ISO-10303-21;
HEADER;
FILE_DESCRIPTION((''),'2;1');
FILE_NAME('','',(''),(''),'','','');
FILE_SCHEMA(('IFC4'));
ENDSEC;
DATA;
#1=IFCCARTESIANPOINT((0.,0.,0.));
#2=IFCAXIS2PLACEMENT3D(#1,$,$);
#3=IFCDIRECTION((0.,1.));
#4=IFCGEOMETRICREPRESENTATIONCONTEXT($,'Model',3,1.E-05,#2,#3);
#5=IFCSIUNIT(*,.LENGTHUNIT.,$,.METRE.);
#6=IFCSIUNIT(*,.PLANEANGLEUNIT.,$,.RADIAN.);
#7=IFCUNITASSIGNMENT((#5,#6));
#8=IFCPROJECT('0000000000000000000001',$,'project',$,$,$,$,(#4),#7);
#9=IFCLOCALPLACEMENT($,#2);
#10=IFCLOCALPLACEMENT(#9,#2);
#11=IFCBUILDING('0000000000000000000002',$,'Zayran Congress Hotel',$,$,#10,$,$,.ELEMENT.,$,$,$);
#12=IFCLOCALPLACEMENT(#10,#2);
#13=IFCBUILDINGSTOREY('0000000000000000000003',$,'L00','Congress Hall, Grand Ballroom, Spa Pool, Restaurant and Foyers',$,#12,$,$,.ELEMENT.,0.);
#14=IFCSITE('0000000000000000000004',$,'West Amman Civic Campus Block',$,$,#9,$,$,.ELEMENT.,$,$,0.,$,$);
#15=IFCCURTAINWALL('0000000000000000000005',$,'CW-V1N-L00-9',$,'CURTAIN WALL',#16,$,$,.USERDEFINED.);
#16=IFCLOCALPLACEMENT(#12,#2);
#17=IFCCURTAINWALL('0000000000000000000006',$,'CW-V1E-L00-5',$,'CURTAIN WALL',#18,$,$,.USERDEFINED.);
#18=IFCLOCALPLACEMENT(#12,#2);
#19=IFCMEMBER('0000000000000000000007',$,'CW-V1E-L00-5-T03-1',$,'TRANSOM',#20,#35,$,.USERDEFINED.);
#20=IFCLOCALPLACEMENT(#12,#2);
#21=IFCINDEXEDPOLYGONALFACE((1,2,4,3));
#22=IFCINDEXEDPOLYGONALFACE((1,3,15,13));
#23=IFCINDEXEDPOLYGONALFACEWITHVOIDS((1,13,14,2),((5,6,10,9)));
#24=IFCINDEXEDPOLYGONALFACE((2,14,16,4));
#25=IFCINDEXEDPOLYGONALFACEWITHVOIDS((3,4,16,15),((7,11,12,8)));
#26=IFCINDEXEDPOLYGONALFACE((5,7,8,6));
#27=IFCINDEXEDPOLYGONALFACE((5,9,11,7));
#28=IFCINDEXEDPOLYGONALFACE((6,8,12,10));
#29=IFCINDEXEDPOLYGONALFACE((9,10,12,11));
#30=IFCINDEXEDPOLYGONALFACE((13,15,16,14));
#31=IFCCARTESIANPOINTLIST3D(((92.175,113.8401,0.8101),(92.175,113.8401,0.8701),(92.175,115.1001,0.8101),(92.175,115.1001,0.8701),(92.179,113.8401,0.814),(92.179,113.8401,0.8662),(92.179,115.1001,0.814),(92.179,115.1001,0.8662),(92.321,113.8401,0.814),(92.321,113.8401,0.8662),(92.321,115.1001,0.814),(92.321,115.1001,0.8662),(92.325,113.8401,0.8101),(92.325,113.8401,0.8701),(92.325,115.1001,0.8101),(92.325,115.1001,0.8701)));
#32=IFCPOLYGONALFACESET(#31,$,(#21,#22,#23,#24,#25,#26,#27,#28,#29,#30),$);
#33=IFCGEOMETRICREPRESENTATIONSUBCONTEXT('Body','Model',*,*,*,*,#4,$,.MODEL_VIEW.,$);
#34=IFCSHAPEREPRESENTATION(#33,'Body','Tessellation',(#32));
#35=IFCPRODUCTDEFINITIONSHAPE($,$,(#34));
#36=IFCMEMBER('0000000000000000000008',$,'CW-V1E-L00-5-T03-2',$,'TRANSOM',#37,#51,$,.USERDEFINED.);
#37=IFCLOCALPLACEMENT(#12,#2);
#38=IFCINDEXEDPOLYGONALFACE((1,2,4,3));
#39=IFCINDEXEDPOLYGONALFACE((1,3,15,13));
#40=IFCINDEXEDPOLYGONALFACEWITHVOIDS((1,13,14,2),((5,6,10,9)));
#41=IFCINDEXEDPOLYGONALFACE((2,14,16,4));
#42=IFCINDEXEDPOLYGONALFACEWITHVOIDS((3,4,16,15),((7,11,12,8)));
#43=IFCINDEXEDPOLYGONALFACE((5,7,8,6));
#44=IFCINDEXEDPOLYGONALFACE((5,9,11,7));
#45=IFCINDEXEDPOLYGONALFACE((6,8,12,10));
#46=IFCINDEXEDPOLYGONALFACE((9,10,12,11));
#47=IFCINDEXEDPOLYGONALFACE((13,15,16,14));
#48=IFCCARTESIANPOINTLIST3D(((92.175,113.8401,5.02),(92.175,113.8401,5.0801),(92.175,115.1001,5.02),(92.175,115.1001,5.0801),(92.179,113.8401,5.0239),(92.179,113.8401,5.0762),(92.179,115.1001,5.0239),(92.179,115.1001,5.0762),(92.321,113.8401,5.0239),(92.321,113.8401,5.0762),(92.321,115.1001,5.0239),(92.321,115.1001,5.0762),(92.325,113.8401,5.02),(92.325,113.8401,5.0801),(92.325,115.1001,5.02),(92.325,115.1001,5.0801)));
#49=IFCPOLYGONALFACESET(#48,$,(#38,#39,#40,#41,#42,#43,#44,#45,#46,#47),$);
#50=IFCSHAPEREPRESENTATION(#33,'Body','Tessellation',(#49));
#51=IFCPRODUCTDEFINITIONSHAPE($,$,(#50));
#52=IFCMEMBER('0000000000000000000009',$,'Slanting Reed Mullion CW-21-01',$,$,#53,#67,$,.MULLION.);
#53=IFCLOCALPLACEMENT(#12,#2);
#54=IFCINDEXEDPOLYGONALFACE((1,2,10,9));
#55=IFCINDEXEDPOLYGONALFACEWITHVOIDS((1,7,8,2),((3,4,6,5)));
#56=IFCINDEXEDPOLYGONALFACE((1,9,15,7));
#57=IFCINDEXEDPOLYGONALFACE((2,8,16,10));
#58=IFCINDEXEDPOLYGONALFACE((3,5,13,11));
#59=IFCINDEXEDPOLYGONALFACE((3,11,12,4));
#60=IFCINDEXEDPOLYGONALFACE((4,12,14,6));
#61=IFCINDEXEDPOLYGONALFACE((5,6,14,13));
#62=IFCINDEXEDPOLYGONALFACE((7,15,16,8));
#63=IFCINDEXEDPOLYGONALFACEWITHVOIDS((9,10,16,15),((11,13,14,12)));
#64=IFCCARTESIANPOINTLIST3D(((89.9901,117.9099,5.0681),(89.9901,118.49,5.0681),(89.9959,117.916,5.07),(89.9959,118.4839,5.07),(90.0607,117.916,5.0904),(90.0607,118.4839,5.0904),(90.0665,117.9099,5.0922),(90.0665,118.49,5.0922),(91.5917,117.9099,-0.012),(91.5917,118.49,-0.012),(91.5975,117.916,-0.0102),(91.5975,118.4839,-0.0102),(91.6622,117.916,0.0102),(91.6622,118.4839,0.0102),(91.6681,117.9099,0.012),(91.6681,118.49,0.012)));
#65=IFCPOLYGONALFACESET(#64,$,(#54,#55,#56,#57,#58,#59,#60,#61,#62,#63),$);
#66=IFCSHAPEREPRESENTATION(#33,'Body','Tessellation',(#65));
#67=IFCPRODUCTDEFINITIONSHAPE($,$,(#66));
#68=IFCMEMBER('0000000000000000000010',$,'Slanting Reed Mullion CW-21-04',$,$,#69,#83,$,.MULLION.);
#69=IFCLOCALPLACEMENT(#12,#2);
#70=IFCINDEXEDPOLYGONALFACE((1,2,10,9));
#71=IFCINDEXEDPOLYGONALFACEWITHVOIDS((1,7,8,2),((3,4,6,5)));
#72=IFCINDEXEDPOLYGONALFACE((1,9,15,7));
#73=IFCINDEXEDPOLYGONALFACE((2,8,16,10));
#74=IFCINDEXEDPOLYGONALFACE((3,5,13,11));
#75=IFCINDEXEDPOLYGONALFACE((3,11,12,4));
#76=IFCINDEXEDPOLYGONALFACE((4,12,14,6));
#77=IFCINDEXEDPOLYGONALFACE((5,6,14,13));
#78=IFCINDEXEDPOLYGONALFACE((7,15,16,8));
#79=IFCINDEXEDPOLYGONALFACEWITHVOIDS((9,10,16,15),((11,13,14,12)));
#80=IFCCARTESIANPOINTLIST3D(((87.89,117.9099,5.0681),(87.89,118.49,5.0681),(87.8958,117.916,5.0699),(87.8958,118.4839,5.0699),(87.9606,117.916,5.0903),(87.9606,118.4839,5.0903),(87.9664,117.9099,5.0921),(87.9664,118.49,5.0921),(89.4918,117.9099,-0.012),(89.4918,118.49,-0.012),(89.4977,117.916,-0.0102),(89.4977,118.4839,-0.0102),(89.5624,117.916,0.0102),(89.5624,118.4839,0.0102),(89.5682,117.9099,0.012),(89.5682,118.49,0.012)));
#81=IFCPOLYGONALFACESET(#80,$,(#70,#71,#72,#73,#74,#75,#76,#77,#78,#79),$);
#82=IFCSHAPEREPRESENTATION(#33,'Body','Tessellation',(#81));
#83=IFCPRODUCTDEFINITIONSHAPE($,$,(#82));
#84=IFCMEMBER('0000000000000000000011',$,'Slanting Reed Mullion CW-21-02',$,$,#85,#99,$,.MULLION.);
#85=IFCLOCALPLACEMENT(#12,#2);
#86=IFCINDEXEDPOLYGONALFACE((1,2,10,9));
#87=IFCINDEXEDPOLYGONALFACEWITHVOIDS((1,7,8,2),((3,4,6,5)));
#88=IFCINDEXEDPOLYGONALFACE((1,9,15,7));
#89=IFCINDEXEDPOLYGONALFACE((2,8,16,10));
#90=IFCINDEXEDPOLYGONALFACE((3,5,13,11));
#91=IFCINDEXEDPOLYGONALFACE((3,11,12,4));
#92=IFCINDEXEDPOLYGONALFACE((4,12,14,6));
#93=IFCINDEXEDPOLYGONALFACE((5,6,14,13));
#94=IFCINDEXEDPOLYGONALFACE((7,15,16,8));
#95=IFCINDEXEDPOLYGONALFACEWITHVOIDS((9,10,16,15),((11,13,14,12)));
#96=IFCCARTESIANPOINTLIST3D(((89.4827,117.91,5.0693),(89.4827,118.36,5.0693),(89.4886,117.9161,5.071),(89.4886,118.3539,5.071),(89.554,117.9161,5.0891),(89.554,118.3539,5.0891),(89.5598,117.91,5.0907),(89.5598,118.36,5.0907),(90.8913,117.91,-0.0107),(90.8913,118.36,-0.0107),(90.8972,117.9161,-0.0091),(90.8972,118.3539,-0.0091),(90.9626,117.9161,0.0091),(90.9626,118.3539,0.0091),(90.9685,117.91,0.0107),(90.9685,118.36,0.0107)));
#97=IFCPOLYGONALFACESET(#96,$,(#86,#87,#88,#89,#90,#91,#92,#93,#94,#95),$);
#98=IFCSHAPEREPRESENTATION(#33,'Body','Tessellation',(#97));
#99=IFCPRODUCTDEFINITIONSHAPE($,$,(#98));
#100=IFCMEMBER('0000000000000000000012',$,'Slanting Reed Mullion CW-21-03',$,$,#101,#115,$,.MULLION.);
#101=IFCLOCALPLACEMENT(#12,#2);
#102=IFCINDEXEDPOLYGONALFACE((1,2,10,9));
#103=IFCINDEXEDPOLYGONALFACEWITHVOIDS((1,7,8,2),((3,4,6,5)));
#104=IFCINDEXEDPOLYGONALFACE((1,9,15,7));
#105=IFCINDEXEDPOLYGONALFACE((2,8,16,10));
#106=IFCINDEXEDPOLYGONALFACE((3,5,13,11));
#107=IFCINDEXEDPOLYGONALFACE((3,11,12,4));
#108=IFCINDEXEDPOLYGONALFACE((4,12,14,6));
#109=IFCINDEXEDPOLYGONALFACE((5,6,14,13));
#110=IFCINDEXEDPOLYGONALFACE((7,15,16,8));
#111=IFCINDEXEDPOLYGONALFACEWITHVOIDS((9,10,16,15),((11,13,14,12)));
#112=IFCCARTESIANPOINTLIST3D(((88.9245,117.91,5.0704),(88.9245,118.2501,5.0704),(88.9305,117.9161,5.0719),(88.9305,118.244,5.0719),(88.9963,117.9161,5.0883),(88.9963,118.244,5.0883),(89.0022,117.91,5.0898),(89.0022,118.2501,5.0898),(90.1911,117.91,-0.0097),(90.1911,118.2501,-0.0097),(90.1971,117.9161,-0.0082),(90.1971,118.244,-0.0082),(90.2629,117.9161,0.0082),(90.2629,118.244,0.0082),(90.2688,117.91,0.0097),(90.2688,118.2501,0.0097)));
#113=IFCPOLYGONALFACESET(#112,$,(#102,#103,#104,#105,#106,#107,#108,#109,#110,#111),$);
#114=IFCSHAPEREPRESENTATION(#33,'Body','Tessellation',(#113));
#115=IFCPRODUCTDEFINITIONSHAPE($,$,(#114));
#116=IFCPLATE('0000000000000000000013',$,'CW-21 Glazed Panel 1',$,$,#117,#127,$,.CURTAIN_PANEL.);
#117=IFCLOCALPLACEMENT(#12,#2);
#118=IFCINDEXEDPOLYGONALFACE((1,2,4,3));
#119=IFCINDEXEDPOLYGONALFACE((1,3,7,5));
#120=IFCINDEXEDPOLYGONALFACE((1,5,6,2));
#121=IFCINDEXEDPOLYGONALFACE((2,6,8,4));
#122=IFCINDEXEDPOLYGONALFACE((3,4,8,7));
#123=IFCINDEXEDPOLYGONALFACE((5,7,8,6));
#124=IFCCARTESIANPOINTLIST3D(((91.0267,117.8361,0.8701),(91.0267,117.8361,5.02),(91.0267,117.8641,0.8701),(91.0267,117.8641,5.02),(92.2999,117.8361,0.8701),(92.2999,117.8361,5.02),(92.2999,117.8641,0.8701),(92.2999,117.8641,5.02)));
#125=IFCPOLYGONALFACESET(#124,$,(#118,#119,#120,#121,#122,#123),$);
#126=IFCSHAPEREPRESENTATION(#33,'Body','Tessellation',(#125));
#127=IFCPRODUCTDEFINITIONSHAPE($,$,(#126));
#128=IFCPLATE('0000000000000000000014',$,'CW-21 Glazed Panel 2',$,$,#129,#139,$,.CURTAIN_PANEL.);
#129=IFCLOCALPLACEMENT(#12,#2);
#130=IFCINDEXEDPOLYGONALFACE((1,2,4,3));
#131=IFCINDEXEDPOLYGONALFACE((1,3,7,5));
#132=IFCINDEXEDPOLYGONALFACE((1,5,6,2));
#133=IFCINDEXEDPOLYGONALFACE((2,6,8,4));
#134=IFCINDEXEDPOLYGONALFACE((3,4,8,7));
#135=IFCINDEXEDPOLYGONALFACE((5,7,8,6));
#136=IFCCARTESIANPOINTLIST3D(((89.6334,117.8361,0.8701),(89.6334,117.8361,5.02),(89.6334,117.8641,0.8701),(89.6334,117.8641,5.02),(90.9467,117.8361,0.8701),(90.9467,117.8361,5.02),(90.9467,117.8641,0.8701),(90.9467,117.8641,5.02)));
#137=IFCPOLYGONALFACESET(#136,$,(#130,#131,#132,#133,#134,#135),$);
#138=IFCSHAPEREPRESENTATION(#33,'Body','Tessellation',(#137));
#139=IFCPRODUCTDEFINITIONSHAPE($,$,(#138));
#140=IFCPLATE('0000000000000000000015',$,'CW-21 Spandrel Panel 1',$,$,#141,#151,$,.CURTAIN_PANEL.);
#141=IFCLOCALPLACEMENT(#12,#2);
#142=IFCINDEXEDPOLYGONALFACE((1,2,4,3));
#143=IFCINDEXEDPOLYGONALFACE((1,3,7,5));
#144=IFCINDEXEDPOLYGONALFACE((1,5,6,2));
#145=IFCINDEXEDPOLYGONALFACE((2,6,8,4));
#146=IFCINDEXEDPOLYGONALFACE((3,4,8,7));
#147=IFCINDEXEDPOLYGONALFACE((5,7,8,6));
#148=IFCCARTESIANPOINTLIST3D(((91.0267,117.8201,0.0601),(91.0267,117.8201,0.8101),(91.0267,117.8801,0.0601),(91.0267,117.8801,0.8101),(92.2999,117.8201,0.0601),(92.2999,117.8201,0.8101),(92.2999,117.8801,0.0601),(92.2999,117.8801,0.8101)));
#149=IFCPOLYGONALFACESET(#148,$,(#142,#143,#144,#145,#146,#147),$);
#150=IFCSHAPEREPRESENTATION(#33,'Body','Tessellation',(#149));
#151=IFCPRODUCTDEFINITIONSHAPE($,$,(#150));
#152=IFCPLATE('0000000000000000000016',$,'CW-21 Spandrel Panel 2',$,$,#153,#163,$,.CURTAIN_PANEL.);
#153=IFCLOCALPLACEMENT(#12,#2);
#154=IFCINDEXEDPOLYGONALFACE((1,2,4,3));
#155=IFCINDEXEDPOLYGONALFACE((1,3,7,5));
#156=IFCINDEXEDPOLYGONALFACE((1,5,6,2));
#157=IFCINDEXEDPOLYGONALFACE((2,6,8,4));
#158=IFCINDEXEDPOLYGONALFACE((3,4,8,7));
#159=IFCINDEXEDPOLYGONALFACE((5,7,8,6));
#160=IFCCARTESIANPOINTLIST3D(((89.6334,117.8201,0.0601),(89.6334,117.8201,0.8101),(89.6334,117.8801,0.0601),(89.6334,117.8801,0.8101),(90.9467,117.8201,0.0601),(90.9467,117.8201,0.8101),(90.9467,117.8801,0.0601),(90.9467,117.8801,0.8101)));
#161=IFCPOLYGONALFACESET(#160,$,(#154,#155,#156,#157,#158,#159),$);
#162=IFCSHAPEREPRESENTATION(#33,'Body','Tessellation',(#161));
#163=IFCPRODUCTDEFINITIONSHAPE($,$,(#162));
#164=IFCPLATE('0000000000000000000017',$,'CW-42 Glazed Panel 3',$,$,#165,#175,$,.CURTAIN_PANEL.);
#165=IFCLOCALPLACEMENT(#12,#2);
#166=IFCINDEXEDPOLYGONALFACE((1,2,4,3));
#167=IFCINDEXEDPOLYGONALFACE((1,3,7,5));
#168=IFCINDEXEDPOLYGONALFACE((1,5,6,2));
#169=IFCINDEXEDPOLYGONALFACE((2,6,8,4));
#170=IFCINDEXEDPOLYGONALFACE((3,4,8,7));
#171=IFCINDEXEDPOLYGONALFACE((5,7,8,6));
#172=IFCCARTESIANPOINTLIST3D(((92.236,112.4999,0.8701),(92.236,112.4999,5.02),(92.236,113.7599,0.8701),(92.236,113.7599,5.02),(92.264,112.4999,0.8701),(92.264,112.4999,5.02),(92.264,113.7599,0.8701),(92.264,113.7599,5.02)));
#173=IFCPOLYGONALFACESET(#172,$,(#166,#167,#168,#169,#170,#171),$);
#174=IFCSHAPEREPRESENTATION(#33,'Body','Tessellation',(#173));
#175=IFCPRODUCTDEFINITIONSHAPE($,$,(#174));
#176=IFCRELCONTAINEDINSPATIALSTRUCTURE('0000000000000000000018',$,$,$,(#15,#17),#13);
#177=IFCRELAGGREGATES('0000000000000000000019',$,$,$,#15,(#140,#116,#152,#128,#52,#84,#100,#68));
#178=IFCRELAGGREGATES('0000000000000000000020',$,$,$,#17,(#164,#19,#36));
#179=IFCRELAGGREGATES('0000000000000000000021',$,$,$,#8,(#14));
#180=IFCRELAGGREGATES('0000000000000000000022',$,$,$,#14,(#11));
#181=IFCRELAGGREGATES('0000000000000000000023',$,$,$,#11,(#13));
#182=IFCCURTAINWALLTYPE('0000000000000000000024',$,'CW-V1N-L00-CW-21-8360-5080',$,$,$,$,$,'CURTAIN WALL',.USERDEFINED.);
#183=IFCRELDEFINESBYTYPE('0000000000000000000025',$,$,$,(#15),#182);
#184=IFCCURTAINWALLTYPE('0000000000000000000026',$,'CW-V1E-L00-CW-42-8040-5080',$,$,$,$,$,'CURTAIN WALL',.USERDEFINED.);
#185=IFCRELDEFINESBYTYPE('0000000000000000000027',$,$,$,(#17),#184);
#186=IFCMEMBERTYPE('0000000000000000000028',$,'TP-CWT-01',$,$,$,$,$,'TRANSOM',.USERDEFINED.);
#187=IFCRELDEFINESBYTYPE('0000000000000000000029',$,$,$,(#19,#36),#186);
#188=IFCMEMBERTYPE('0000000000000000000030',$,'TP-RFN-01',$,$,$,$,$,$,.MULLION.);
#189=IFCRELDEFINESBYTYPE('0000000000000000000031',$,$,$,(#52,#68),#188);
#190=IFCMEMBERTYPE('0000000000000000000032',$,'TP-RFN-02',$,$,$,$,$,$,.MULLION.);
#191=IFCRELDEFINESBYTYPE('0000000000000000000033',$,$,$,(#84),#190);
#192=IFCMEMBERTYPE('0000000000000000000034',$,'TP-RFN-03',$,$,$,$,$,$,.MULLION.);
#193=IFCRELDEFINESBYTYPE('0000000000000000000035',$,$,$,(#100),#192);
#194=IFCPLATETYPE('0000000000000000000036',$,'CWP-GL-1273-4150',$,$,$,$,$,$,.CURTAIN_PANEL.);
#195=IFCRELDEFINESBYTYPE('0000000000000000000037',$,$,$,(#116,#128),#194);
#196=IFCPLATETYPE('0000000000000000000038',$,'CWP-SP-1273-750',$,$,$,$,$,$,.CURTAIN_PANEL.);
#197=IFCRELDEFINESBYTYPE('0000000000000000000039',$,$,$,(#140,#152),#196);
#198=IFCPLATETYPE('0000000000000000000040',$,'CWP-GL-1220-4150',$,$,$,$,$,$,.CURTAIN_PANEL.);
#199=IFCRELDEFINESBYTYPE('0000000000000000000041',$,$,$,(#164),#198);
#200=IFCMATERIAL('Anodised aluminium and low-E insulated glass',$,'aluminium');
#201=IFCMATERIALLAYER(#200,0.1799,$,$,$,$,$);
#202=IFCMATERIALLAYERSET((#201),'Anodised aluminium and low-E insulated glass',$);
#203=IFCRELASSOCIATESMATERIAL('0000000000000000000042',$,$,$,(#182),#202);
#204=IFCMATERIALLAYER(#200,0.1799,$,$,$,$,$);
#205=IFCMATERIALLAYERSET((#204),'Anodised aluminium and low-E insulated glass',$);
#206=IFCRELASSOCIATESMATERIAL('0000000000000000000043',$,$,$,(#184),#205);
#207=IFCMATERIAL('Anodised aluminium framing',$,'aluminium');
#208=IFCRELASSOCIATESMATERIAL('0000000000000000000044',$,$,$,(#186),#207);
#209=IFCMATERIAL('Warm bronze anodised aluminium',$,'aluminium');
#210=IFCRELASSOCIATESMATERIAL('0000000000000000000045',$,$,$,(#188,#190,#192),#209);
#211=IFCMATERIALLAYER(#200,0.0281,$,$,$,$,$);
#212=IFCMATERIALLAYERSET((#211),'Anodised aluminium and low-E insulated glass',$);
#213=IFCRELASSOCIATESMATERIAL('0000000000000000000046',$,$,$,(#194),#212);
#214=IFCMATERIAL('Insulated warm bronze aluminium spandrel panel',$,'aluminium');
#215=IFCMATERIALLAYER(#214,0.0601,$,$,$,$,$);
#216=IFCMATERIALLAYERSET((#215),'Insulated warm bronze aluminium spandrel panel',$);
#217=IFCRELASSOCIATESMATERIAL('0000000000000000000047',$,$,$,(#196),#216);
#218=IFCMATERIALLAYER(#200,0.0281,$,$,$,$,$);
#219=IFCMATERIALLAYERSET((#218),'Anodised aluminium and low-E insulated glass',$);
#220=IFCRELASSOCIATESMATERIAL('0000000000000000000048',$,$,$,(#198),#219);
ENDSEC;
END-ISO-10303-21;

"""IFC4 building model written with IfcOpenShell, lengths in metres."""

from ifc_helpers import new_model, si_unit, direction, frame, origin, origin_2d, place, context, subcontext, project, spatial, rectangle, hollow_rectangle, extrude, material, layer, layer_set, material_profile, profile_set, type_object, element, aggregate, save


model = new_model("IFC4")

# Units and contexts
model_context = context("Model", 3, precision=1e-05, world=origin(), true_north=direction((0.0, 1.0)))
body_context = subcontext(model_context, "Body", "Model", "MODEL_VIEW")
ifc_project = project(units=[si_unit("LENGTHUNIT", "METRE"), si_unit("PLANEANGLEUNIT", "RADIAN")], contexts=[model_context])

# Site, building, storey
site_placement = place(None, origin())
site = spatial("IfcSite", under=ifc_project, at=site_placement, Name="West Amman Civic Campus Block", CompositionType="ELEMENT", RefElevation=0.0)
building_placement = place(site_placement, origin())
building = spatial("IfcBuilding", under=site, at=building_placement, Name="Zayran Congress Hotel", CompositionType="ELEMENT")
storey_placement = place(building_placement, origin())
storey = spatial("IfcBuildingStorey", under=building, at=storey_placement, Name="L00", Description="Congress Hall, Grand Ballroom, Spa Pool, Restaurant and Foyers", CompositionType="ELEMENT", Elevation=0.0)

# Curtain wall
ifc_material_1 = material(Name="Anodised aluminium and low-E insulated glass", Category="aluminium")
ifc_layer_1 = layer(ifc_material_1, 0.1799)
ifc_layer_set_1 = layer_set([ifc_layer_1], Name="Anodised aluminium and low-E insulated glass")
curtain_wall_type_1 = type_object("IfcCurtainWallType", Name="CW-V1N-L00-CW-21-8360-5080", ElementType="CURTAIN WALL", PredefinedType="USERDEFINED", material=ifc_layer_set_1)
curtain_wall_1_placement = place(storey_placement, origin())
curtain_wall_1 = element("IfcCurtainWall", 1, at=curtain_wall_1_placement, inside=storey, type_object=curtain_wall_type_1, Name="CW-V1N-L00-9", ObjectType="CURTAIN WALL", PredefinedType="USERDEFINED")
ifc_material_2 = material(Name="Anodised aluminium framing", Category="aluminium")

# Curtain wall
ifc_layer_2 = layer(ifc_material_1, 0.1799)
ifc_layer_set_2 = layer_set([ifc_layer_2], Name="Anodised aluminium and low-E insulated glass")
curtain_wall_type_2 = type_object("IfcCurtainWallType", Name="CW-V1E-L00-CW-42-8040-5080", ElementType="CURTAIN WALL", PredefinedType="USERDEFINED", material=ifc_layer_set_2)
curtain_wall_2_placement = place(storey_placement, origin())
curtain_wall_2 = element("IfcCurtainWall", 2, at=curtain_wall_2_placement, inside=storey, type_object=curtain_wall_type_2, Name="CW-V1E-L00-5", ObjectType="CURTAIN WALL", PredefinedType="USERDEFINED")

# Members
ifc_material_profile_1 = material_profile(ifc_material_2, hollow_rectangle(XDim=0.0601, YDim=0.1499, WallThickness=0.0039, at=origin_2d()), Name="RHS 150x60x4")
ifc_profile_set_1 = profile_set([ifc_material_profile_1], Name="Anodised aluminium framing")
member_type_1 = type_object("IfcMemberType", Name="TP-CWT-01", ElementType="TRANSOM", PredefinedType="USERDEFINED", material=ifc_profile_set_1)
member_1_placement = place(storey_placement, frame((92.25, 113.8401, 0.8401), z_axis=(0.0, 1.0, 0.0), x_axis=(0.0, 0.0, 1.0)))
member_1 = element("IfcMember", 3, at=member_1_placement, type_object=member_type_1, Name="CW-V1E-L00-5-T03-1", ObjectType="TRANSOM", PredefinedType="USERDEFINED", context=body_context, shape_type="SweptSolid", body=[
    extrude(hollow_rectangle(XDim=0.0601, YDim=0.1499, WallThickness=0.0039, at=origin_2d()), origin(), (0.0, 0.0, 1.0), 1.26),
])
member_2_placement = place(storey_placement, frame((92.25, 113.8401, 5.05), z_axis=(0.0, 1.0, 0.0), x_axis=(0.0, 0.0, 1.0)))
member_2 = element("IfcMember", 4, at=member_2_placement, type_object=member_type_1, Name="CW-V1E-L00-5-T03-2", ObjectType="TRANSOM", PredefinedType="USERDEFINED", context=body_context, shape_type="SweptSolid", body=[
    extrude(hollow_rectangle(XDim=0.0601, YDim=0.1499, WallThickness=0.0039, at=origin_2d()), origin(), (0.0, 0.0, 1.0), 1.26),
])
ifc_material_3 = material(Name="Warm bronze anodised aluminium", Category="aluminium")
ifc_material_profile_2 = material_profile(ifc_material_3, hollow_rectangle(XDim=0.0801, YDim=0.5801, WallThickness=0.0061, at=origin_2d()), Name="RHS 580x80x6")
ifc_profile_set_2 = profile_set([ifc_material_profile_2], Name="Warm bronze anodised aluminium")
member_type_2 = type_object("IfcMemberType", Name="TP-RFN-01", PredefinedType="MULLION", material=ifc_profile_set_2)
member_3_placement = place(storey_placement, frame((91.6299, 118.2, 0.0), z_axis=(-0.300675, 0.0, 0.953727), x_axis=(0.953727, 0.0, 0.300675)))
member_3 = element("IfcMember", 5, at=member_3_placement, type_object=member_type_2, Name="Slanting Reed Mullion CW-21-01", PredefinedType="MULLION", context=body_context, shape_type="SweptSolid", body=[
    extrude(hollow_rectangle(XDim=0.0801, YDim=0.5801, WallThickness=0.0061, at=origin_2d()), origin(), (0.0, 0.0, 1.0), 5.3267),
])
member_4_placement = place(storey_placement, frame((89.53, 118.2, 0.0), z_axis=(-0.300717, 0.0, 0.953713), x_axis=(0.953713, 0.0, 0.300717)))
member_4 = element("IfcMember", 6, at=member_4_placement, type_object=member_type_2, Name="Slanting Reed Mullion CW-21-04", PredefinedType="MULLION", context=body_context, shape_type="SweptSolid", body=[
    extrude(hollow_rectangle(XDim=0.0801, YDim=0.5801, WallThickness=0.0061, at=origin_2d()), origin(), (0.0, 0.0, 1.0), 5.3267),
])
ifc_material_profile_3 = material_profile(ifc_material_3, hollow_rectangle(XDim=0.0801, YDim=0.45, WallThickness=0.0061, at=origin_2d()), Name="RHS 450x80x6")
ifc_profile_set_3 = profile_set([ifc_material_profile_3], Name="Warm bronze anodised aluminium")
member_type_3 = type_object("IfcMemberType", Name="TP-RFN-02", PredefinedType="MULLION", material=ifc_profile_set_3)
member_5_placement = place(storey_placement, frame((90.9299, 118.135, 0.0), z_axis=(-0.267214, 0.0, 0.963637), x_axis=(0.963637, 0.0, 0.267214)))
member_5 = element("IfcMember", 7, at=member_5_placement, type_object=member_type_3, Name="Slanting Reed Mullion CW-21-02", PredefinedType="MULLION", context=body_context, shape_type="SweptSolid", body=[
    extrude(hollow_rectangle(XDim=0.0801, YDim=0.45, WallThickness=0.0061, at=origin_2d()), origin(), (0.0, 0.0, 1.0), 5.2717),
])
ifc_material_profile_4 = material_profile(ifc_material_3, hollow_rectangle(XDim=0.0801, YDim=0.3401, WallThickness=0.0061, at=origin_2d()), Name="RHS 340x80x6")
ifc_profile_set_4 = profile_set([ifc_material_profile_4], Name="Warm bronze anodised aluminium")
member_type_4 = type_object("IfcMemberType", Name="TP-RFN-03", PredefinedType="MULLION", material=ifc_profile_set_4)
member_6_placement = place(storey_placement, frame((90.23, 118.0801, 0.0), z_axis=(-0.241921, 0.0, 0.970296), x_axis=(0.970296, 0.0, 0.241921)))
member_6 = element("IfcMember", 8, at=member_6_placement, type_object=member_type_4, Name="Slanting Reed Mullion CW-21-03", PredefinedType="MULLION", context=body_context, shape_type="SweptSolid", body=[
    extrude(hollow_rectangle(XDim=0.0801, YDim=0.3401, WallThickness=0.0061, at=origin_2d()), origin(), (0.0, 0.0, 1.0), 5.2356),
])

# Plates
ifc_layer_3 = layer(ifc_material_1, 0.0281)
ifc_layer_set_3 = layer_set([ifc_layer_3], Name="Anodised aluminium and low-E insulated glass")
plate_type_1 = type_object("IfcPlateType", Name="CWP-GL-1273-4150", PredefinedType="CURTAIN_PANEL", material=ifc_layer_set_3)
plate_1_placement = place(storey_placement, frame((91.6633, 117.8501, 0.8701), z_axis=(0.0, 0.0, 1.0), x_axis=(1.0, 0.0, 0.0)))
plate_1 = element("IfcPlate", 9, at=plate_1_placement, type_object=plate_type_1, Name="CW-21 Glazed Panel 1", PredefinedType="CURTAIN_PANEL", context=body_context, shape_type="SweptSolid", body=[
    extrude(rectangle(XDim=1.2732, YDim=0.0281, at=origin_2d()), origin(), (0.0, 0.0, 1.0), 4.1499),
])
plate_2_placement = place(storey_placement, frame((90.29, 117.8501, 0.8701), z_axis=(0.0, 0.0, 1.0), x_axis=(1.0, 0.0, 0.0)))
plate_2 = element("IfcPlate", 10, at=plate_2_placement, type_object=plate_type_1, Name="CW-21 Glazed Panel 2", PredefinedType="CURTAIN_PANEL", context=body_context, shape_type="SweptSolid", body=[
    extrude(rectangle(XDim=1.3132, YDim=0.0281, at=origin_2d()), origin(), (0.0, 0.0, 1.0), 4.1499),
])
ifc_material_4 = material(Name="Insulated warm bronze aluminium spandrel panel", Category="aluminium")
ifc_layer_4 = layer(ifc_material_4, 0.0601)
ifc_layer_set_4 = layer_set([ifc_layer_4], Name="Insulated warm bronze aluminium spandrel panel")
plate_type_2 = type_object("IfcPlateType", Name="CWP-SP-1273-750", PredefinedType="CURTAIN_PANEL", material=ifc_layer_set_4)
plate_3_placement = place(storey_placement, frame((91.6633, 117.8501, 0.0601), z_axis=(0.0, 0.0, 1.0), x_axis=(1.0, 0.0, 0.0)))
plate_3 = element("IfcPlate", 11, at=plate_3_placement, type_object=plate_type_2, Name="CW-21 Spandrel Panel 1", PredefinedType="CURTAIN_PANEL", context=body_context, shape_type="SweptSolid", body=[
    extrude(rectangle(XDim=1.2732, YDim=0.0601, at=origin_2d()), origin(), (0.0, 0.0, 1.0), 0.75),
])
plate_4_placement = place(storey_placement, frame((90.29, 117.8501, 0.0601), z_axis=(0.0, 0.0, 1.0), x_axis=(1.0, 0.0, 0.0)))
plate_4 = element("IfcPlate", 12, at=plate_4_placement, type_object=plate_type_2, Name="CW-21 Spandrel Panel 2", PredefinedType="CURTAIN_PANEL", context=body_context, shape_type="SweptSolid", body=[
    extrude(rectangle(XDim=1.3132, YDim=0.0601, at=origin_2d()), origin(), (0.0, 0.0, 1.0), 0.75),
])
aggregate(curtain_wall_1, [plate_3, plate_1, plate_4, plate_2, member_3, member_5, member_6, member_4])
ifc_layer_5 = layer(ifc_material_1, 0.0281)
ifc_layer_set_5 = layer_set([ifc_layer_5], Name="Anodised aluminium and low-E insulated glass")
plate_type_3 = type_object("IfcPlateType", Name="CWP-GL-1220-4150", PredefinedType="CURTAIN_PANEL", material=ifc_layer_set_5)
plate_5_placement = place(storey_placement, frame((92.25, 113.1299, 0.8701), z_axis=(0.0, 0.0, 1.0), x_axis=(0.0, 1.0, 0.0)))
plate_5 = element("IfcPlate", 13, at=plate_5_placement, type_object=plate_type_3, Name="CW-42 Glazed Panel 3", PredefinedType="CURTAIN_PANEL", context=body_context, shape_type="SweptSolid", body=[
    extrude(rectangle(XDim=1.26, YDim=0.0281, at=origin_2d()), origin(), (0.0, 0.0, 1.0), 4.1499),
])
aggregate(curtain_wall_2, [plate_5, member_1, member_2])

save(model, "model.ifc")
